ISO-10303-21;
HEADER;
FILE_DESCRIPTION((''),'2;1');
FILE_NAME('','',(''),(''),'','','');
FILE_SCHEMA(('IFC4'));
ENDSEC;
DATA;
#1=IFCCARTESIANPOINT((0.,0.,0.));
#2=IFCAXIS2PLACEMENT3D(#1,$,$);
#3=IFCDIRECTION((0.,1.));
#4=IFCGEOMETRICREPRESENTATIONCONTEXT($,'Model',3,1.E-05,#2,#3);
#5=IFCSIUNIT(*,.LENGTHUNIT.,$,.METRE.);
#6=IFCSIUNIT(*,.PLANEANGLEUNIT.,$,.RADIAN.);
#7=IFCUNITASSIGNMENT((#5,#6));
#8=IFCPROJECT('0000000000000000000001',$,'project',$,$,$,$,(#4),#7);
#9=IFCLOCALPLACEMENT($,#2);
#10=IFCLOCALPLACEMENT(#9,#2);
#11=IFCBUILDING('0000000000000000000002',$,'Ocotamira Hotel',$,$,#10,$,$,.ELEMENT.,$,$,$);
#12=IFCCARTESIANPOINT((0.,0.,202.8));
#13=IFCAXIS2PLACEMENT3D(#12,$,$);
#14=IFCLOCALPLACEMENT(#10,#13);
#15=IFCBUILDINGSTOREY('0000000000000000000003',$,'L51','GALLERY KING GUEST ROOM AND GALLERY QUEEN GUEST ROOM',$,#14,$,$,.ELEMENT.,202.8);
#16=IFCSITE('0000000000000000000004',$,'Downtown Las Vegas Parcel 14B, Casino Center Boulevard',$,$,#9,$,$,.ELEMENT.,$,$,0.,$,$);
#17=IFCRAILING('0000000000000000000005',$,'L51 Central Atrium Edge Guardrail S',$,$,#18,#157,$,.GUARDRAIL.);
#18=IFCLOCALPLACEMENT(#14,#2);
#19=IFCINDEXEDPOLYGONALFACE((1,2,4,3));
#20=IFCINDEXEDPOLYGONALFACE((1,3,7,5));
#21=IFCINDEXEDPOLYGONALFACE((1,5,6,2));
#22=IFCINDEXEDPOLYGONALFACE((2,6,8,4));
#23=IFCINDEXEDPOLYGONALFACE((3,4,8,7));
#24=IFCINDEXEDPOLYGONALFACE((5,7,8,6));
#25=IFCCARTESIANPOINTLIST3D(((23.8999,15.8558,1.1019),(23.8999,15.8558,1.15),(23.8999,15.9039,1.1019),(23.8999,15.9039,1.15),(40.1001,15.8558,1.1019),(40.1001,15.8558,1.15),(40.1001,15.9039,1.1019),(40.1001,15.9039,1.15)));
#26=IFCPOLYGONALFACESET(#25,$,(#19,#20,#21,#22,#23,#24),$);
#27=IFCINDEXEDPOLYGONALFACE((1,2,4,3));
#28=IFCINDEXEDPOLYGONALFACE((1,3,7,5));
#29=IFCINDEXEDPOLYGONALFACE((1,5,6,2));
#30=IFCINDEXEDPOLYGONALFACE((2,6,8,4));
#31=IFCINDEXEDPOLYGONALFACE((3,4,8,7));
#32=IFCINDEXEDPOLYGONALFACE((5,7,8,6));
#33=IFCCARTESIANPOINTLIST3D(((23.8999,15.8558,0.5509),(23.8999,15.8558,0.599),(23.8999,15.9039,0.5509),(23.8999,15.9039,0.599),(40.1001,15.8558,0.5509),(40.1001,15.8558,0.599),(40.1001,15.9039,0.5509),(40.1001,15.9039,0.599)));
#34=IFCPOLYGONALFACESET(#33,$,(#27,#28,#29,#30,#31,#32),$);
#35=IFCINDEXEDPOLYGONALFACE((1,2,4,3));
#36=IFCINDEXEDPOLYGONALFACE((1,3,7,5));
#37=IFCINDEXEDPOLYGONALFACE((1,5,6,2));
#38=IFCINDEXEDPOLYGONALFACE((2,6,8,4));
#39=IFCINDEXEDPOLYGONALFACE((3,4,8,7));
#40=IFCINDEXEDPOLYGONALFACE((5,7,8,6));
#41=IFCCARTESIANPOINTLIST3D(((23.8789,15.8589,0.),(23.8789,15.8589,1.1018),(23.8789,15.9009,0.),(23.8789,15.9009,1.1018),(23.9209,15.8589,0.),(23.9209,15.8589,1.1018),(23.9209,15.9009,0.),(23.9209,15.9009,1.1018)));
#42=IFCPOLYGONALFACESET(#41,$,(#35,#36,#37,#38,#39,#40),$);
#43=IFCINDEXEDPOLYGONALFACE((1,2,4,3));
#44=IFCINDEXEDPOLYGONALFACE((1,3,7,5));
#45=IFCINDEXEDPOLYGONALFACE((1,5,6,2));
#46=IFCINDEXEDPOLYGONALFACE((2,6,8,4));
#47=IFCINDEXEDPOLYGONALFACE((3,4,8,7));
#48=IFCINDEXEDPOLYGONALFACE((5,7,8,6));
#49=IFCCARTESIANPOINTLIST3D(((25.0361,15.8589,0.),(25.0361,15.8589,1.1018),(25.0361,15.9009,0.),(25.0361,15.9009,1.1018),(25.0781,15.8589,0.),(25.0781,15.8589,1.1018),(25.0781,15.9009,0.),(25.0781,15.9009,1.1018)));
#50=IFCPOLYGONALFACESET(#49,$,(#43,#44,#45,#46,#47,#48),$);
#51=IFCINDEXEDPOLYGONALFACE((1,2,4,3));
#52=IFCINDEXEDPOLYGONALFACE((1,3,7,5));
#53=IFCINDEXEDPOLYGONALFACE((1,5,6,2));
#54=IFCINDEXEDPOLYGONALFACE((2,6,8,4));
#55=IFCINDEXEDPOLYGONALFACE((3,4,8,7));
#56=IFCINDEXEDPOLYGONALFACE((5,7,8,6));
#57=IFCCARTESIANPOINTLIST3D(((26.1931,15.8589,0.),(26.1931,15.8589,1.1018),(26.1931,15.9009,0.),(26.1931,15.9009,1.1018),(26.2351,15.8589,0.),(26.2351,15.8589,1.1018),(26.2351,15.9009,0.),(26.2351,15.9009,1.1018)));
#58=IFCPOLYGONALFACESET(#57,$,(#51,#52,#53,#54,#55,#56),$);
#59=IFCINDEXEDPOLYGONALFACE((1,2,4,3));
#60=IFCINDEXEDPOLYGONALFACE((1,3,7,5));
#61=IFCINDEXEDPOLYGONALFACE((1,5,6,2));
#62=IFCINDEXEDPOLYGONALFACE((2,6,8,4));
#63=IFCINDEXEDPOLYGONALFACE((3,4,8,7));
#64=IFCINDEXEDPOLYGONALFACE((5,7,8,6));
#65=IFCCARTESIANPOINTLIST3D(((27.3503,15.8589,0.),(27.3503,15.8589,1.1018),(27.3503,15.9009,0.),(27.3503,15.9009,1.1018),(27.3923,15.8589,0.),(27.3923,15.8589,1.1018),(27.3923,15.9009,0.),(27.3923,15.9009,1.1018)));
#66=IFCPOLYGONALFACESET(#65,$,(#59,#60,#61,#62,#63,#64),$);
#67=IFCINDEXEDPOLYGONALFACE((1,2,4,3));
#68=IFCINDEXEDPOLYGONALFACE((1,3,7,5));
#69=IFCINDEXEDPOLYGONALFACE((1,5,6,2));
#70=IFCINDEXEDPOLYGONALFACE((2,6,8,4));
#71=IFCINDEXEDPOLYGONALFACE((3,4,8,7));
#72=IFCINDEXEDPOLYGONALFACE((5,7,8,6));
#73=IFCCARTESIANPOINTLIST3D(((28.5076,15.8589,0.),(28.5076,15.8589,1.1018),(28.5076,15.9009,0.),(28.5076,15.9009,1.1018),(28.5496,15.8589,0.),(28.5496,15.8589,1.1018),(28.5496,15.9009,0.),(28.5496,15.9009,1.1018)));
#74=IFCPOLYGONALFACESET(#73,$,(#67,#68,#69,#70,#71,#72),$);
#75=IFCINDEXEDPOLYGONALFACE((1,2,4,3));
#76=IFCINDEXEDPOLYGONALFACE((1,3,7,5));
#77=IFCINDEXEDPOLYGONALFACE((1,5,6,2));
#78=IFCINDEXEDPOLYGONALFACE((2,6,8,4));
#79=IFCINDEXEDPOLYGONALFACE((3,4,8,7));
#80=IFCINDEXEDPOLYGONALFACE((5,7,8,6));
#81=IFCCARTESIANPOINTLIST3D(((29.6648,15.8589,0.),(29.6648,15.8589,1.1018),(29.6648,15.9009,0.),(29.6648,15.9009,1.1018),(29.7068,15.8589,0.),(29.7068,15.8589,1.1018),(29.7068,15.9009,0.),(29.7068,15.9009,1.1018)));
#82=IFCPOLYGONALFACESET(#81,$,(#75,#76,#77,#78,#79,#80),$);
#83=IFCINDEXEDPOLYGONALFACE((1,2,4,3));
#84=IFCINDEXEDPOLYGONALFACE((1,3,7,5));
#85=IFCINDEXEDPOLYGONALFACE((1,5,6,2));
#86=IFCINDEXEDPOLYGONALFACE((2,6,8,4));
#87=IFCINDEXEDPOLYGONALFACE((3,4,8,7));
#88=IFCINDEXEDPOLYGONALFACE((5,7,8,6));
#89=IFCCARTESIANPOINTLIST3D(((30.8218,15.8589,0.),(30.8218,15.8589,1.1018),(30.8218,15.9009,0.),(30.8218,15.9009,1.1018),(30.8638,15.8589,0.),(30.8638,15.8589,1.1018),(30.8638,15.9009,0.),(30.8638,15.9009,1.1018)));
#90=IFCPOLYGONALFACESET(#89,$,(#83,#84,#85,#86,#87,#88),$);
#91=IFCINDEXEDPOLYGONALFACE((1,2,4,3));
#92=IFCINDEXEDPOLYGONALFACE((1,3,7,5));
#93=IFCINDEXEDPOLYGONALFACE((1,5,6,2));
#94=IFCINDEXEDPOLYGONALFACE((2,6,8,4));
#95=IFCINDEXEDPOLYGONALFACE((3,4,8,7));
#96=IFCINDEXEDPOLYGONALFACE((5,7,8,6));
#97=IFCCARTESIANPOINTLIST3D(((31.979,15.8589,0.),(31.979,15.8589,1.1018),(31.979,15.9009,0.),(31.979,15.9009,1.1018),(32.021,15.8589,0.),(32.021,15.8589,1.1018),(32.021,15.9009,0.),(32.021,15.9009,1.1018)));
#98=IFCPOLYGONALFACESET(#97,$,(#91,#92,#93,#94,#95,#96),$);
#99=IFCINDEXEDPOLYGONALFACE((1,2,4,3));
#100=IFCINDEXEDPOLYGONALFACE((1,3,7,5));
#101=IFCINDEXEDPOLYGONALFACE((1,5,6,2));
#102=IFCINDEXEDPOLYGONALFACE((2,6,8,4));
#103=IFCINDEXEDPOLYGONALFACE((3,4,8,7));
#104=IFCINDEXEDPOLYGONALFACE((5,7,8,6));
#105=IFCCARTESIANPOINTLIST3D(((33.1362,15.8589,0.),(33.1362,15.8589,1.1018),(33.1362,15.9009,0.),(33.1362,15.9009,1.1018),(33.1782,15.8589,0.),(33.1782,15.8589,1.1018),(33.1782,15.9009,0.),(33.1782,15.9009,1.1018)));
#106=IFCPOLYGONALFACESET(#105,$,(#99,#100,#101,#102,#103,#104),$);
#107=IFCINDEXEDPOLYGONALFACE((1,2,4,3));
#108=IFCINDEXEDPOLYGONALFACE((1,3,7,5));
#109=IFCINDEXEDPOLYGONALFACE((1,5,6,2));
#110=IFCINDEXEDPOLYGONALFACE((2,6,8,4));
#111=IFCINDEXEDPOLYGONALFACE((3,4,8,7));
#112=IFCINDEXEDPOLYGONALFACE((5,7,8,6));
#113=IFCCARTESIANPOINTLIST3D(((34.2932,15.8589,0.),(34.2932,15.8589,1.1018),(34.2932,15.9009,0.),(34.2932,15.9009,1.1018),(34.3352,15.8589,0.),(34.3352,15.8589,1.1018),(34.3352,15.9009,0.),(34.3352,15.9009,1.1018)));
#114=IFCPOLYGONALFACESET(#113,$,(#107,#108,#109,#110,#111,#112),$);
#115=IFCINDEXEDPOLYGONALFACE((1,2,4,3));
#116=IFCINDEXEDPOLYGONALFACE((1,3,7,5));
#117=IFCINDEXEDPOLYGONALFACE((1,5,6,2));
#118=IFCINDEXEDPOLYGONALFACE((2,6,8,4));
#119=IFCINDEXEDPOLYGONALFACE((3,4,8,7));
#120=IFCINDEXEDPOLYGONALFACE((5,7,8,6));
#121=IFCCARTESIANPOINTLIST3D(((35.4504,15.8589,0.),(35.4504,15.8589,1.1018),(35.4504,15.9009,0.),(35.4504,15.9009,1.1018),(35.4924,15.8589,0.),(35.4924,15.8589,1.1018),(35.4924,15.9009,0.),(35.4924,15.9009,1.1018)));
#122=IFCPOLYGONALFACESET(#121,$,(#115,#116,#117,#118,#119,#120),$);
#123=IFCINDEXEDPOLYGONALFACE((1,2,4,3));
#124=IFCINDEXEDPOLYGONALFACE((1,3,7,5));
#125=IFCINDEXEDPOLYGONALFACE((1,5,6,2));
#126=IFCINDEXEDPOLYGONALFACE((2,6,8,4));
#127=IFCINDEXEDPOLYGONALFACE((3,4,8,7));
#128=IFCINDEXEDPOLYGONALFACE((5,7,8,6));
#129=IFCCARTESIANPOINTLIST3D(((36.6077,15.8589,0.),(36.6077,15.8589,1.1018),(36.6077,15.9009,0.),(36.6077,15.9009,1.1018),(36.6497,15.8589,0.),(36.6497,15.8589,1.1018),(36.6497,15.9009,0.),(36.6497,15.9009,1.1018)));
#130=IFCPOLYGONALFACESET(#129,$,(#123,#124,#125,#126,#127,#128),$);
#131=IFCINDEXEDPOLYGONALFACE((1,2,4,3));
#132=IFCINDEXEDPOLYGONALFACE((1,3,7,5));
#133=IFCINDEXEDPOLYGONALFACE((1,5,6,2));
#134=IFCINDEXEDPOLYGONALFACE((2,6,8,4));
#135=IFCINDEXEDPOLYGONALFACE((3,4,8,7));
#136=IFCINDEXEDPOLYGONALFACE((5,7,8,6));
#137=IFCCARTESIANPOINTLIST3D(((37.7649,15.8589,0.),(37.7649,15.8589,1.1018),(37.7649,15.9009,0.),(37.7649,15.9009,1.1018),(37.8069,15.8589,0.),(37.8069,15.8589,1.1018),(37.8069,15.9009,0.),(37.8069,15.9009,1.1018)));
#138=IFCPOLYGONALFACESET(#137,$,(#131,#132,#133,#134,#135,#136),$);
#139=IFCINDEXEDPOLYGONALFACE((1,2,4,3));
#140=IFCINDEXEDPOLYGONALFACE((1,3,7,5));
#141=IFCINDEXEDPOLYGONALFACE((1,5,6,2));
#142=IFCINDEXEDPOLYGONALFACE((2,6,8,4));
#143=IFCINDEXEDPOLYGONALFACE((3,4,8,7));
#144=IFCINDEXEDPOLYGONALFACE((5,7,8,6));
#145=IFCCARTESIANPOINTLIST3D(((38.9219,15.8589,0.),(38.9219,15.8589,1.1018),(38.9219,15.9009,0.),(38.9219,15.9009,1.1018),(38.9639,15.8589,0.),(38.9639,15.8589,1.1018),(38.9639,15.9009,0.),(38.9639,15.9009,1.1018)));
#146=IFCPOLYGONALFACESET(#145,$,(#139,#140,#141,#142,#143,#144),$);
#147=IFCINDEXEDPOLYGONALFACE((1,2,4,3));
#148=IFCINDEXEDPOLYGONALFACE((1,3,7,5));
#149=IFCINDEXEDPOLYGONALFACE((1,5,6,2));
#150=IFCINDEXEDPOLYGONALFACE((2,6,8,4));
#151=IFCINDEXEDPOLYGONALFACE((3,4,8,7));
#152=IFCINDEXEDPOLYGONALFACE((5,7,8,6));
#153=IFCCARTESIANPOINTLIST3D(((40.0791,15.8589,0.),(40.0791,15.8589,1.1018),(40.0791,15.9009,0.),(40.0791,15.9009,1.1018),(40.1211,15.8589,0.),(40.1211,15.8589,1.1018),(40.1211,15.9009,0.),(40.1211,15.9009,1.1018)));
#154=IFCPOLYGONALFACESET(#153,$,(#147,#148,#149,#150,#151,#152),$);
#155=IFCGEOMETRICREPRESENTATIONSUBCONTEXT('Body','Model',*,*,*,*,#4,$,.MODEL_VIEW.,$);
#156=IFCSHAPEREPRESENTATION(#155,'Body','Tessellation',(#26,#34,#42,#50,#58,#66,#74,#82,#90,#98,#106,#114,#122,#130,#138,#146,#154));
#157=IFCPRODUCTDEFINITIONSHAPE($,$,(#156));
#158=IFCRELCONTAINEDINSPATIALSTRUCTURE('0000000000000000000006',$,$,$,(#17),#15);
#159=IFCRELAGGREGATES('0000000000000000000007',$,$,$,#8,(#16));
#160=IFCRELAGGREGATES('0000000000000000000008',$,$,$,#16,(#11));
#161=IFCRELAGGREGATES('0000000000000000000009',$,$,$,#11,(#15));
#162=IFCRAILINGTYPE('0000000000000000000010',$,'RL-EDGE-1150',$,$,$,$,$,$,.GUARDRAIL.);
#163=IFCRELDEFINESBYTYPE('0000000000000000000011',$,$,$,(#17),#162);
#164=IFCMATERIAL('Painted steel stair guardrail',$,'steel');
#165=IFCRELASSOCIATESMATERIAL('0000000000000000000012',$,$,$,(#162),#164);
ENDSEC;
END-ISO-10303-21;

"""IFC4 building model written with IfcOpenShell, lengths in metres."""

from ifc_helpers import new_model, si_unit, direction, frame, origin, origin_2d, place, context, subcontext, project, spatial, rectangle, extrude, material, type_object, element, save


model = new_model("IFC4")

# Units and contexts
model_context = context("Model", 3, precision=1e-05, world=origin(), true_north=direction((0.0, 1.0)))
body_context = subcontext(model_context, "Body", "Model", "MODEL_VIEW")
ifc_project = project(units=[si_unit("LENGTHUNIT", "METRE"), si_unit("PLANEANGLEUNIT", "RADIAN")], contexts=[model_context])

# Site, building, storey
site_placement = place(None, origin())
site = spatial("IfcSite", under=ifc_project, at=site_placement, Name="Downtown Las Vegas Parcel 14B, Casino Center Boulevard", CompositionType="ELEMENT", RefElevation=0.0)
building_placement = place(site_placement, origin())
building = spatial("IfcBuilding", under=site, at=building_placement, Name="Ocotamira Hotel", CompositionType="ELEMENT")
storey_placement = place(building_placement, frame((0.0, 0.0, 202.8)))
storey = spatial("IfcBuildingStorey", under=building, at=storey_placement, Name="L51", Description="GALLERY KING GUEST ROOM AND GALLERY QUEEN GUEST ROOM", CompositionType="ELEMENT", Elevation=202.8)

# Railing
ifc_material_1 = material(Name="Painted steel stair guardrail", Category="steel")
railing_type = type_object("IfcRailingType", Name="RL-EDGE-1150", PredefinedType="GUARDRAIL", material=ifc_material_1)
railing_1_placement = place(storey_placement, frame((23.8999, 15.8799, 0.0)))
element("IfcRailing", 1, at=railing_1_placement, inside=storey, type_object=railing_type, Name="L51 Central Atrium Edge Guardrail S", PredefinedType="GUARDRAIL", context=body_context, shape_type="SweptSolid", body=[
    extrude(rectangle(XDim=0.0481, YDim=0.0481, at=origin_2d()), frame((0.0, 0.0, 1.126), z_axis=(1.0, 0.0, 0.0), x_axis=(0.0, 1.0, 0.0)), (0.0, 0.0, 1.0), 16.2002),
    extrude(rectangle(XDim=0.0481, YDim=0.0481, at=origin_2d()), frame((0.0, 0.0, 0.575), z_axis=(1.0, 0.0, 0.0), x_axis=(0.0, 1.0, 0.0)), (0.0, 0.0, 1.0), 16.2002),
    extrude(rectangle(XDim=0.042, YDim=0.042, at=origin_2d()), origin(), (0.0, 0.0, 1.0), 1.1018),
    extrude(rectangle(XDim=0.042, YDim=0.042, at=origin_2d()), frame((1.1572, 0.0, 0.0)), (0.0, 0.0, 1.0), 1.1018),
    extrude(rectangle(XDim=0.042, YDim=0.042, at=origin_2d()), frame((2.3142, 0.0, 0.0)), (0.0, 0.0, 1.0), 1.1018),
    extrude(rectangle(XDim=0.042, YDim=0.042, at=origin_2d()), frame((3.4714, 0.0, 0.0)), (0.0, 0.0, 1.0), 1.1018),
    extrude(rectangle(XDim=0.042, YDim=0.042, at=origin_2d()), frame((4.6287, 0.0, 0.0)), (0.0, 0.0, 1.0), 1.1018),
    extrude(rectangle(XDim=0.042, YDim=0.042, at=origin_2d()), frame((5.7859, 0.0, 0.0)), (0.0, 0.0, 1.0), 1.1018),
    extrude(rectangle(XDim=0.042, YDim=0.042, at=origin_2d()), frame((6.9429, 0.0, 0.0)), (0.0, 0.0, 1.0), 1.1018),
    extrude(rectangle(XDim=0.042, YDim=0.042, at=origin_2d()), frame((8.1001, 0.0, 0.0)), (0.0, 0.0, 1.0), 1.1018),
    extrude(rectangle(XDim=0.042, YDim=0.042, at=origin_2d()), frame((9.2573, 0.0, 0.0)), (0.0, 0.0, 1.0), 1.1018),
    extrude(rectangle(XDim=0.042, YDim=0.042, at=origin_2d()), frame((10.4143, 0.0, 0.0)), (0.0, 0.0, 1.0), 1.1018),
    extrude(rectangle(XDim=0.042, YDim=0.042, at=origin_2d()), frame((11.5715, 0.0, 0.0)), (0.0, 0.0, 1.0), 1.1018),
    extrude(rectangle(XDim=0.042, YDim=0.042, at=origin_2d()), frame((12.7288, 0.0, 0.0)), (0.0, 0.0, 1.0), 1.1018),
    extrude(rectangle(XDim=0.042, YDim=0.042, at=origin_2d()), frame((13.886, 0.0, 0.0)), (0.0, 0.0, 1.0), 1.1018),
    extrude(rectangle(XDim=0.042, YDim=0.042, at=origin_2d()), frame((15.043, 0.0, 0.0)), (0.0, 0.0, 1.0), 1.1018),
    extrude(rectangle(XDim=0.042, YDim=0.042, at=origin_2d()), frame((16.2002, 0.0, 0.0)), (0.0, 0.0, 1.0), 1.1018),
])

save(model, "model.ifc")
